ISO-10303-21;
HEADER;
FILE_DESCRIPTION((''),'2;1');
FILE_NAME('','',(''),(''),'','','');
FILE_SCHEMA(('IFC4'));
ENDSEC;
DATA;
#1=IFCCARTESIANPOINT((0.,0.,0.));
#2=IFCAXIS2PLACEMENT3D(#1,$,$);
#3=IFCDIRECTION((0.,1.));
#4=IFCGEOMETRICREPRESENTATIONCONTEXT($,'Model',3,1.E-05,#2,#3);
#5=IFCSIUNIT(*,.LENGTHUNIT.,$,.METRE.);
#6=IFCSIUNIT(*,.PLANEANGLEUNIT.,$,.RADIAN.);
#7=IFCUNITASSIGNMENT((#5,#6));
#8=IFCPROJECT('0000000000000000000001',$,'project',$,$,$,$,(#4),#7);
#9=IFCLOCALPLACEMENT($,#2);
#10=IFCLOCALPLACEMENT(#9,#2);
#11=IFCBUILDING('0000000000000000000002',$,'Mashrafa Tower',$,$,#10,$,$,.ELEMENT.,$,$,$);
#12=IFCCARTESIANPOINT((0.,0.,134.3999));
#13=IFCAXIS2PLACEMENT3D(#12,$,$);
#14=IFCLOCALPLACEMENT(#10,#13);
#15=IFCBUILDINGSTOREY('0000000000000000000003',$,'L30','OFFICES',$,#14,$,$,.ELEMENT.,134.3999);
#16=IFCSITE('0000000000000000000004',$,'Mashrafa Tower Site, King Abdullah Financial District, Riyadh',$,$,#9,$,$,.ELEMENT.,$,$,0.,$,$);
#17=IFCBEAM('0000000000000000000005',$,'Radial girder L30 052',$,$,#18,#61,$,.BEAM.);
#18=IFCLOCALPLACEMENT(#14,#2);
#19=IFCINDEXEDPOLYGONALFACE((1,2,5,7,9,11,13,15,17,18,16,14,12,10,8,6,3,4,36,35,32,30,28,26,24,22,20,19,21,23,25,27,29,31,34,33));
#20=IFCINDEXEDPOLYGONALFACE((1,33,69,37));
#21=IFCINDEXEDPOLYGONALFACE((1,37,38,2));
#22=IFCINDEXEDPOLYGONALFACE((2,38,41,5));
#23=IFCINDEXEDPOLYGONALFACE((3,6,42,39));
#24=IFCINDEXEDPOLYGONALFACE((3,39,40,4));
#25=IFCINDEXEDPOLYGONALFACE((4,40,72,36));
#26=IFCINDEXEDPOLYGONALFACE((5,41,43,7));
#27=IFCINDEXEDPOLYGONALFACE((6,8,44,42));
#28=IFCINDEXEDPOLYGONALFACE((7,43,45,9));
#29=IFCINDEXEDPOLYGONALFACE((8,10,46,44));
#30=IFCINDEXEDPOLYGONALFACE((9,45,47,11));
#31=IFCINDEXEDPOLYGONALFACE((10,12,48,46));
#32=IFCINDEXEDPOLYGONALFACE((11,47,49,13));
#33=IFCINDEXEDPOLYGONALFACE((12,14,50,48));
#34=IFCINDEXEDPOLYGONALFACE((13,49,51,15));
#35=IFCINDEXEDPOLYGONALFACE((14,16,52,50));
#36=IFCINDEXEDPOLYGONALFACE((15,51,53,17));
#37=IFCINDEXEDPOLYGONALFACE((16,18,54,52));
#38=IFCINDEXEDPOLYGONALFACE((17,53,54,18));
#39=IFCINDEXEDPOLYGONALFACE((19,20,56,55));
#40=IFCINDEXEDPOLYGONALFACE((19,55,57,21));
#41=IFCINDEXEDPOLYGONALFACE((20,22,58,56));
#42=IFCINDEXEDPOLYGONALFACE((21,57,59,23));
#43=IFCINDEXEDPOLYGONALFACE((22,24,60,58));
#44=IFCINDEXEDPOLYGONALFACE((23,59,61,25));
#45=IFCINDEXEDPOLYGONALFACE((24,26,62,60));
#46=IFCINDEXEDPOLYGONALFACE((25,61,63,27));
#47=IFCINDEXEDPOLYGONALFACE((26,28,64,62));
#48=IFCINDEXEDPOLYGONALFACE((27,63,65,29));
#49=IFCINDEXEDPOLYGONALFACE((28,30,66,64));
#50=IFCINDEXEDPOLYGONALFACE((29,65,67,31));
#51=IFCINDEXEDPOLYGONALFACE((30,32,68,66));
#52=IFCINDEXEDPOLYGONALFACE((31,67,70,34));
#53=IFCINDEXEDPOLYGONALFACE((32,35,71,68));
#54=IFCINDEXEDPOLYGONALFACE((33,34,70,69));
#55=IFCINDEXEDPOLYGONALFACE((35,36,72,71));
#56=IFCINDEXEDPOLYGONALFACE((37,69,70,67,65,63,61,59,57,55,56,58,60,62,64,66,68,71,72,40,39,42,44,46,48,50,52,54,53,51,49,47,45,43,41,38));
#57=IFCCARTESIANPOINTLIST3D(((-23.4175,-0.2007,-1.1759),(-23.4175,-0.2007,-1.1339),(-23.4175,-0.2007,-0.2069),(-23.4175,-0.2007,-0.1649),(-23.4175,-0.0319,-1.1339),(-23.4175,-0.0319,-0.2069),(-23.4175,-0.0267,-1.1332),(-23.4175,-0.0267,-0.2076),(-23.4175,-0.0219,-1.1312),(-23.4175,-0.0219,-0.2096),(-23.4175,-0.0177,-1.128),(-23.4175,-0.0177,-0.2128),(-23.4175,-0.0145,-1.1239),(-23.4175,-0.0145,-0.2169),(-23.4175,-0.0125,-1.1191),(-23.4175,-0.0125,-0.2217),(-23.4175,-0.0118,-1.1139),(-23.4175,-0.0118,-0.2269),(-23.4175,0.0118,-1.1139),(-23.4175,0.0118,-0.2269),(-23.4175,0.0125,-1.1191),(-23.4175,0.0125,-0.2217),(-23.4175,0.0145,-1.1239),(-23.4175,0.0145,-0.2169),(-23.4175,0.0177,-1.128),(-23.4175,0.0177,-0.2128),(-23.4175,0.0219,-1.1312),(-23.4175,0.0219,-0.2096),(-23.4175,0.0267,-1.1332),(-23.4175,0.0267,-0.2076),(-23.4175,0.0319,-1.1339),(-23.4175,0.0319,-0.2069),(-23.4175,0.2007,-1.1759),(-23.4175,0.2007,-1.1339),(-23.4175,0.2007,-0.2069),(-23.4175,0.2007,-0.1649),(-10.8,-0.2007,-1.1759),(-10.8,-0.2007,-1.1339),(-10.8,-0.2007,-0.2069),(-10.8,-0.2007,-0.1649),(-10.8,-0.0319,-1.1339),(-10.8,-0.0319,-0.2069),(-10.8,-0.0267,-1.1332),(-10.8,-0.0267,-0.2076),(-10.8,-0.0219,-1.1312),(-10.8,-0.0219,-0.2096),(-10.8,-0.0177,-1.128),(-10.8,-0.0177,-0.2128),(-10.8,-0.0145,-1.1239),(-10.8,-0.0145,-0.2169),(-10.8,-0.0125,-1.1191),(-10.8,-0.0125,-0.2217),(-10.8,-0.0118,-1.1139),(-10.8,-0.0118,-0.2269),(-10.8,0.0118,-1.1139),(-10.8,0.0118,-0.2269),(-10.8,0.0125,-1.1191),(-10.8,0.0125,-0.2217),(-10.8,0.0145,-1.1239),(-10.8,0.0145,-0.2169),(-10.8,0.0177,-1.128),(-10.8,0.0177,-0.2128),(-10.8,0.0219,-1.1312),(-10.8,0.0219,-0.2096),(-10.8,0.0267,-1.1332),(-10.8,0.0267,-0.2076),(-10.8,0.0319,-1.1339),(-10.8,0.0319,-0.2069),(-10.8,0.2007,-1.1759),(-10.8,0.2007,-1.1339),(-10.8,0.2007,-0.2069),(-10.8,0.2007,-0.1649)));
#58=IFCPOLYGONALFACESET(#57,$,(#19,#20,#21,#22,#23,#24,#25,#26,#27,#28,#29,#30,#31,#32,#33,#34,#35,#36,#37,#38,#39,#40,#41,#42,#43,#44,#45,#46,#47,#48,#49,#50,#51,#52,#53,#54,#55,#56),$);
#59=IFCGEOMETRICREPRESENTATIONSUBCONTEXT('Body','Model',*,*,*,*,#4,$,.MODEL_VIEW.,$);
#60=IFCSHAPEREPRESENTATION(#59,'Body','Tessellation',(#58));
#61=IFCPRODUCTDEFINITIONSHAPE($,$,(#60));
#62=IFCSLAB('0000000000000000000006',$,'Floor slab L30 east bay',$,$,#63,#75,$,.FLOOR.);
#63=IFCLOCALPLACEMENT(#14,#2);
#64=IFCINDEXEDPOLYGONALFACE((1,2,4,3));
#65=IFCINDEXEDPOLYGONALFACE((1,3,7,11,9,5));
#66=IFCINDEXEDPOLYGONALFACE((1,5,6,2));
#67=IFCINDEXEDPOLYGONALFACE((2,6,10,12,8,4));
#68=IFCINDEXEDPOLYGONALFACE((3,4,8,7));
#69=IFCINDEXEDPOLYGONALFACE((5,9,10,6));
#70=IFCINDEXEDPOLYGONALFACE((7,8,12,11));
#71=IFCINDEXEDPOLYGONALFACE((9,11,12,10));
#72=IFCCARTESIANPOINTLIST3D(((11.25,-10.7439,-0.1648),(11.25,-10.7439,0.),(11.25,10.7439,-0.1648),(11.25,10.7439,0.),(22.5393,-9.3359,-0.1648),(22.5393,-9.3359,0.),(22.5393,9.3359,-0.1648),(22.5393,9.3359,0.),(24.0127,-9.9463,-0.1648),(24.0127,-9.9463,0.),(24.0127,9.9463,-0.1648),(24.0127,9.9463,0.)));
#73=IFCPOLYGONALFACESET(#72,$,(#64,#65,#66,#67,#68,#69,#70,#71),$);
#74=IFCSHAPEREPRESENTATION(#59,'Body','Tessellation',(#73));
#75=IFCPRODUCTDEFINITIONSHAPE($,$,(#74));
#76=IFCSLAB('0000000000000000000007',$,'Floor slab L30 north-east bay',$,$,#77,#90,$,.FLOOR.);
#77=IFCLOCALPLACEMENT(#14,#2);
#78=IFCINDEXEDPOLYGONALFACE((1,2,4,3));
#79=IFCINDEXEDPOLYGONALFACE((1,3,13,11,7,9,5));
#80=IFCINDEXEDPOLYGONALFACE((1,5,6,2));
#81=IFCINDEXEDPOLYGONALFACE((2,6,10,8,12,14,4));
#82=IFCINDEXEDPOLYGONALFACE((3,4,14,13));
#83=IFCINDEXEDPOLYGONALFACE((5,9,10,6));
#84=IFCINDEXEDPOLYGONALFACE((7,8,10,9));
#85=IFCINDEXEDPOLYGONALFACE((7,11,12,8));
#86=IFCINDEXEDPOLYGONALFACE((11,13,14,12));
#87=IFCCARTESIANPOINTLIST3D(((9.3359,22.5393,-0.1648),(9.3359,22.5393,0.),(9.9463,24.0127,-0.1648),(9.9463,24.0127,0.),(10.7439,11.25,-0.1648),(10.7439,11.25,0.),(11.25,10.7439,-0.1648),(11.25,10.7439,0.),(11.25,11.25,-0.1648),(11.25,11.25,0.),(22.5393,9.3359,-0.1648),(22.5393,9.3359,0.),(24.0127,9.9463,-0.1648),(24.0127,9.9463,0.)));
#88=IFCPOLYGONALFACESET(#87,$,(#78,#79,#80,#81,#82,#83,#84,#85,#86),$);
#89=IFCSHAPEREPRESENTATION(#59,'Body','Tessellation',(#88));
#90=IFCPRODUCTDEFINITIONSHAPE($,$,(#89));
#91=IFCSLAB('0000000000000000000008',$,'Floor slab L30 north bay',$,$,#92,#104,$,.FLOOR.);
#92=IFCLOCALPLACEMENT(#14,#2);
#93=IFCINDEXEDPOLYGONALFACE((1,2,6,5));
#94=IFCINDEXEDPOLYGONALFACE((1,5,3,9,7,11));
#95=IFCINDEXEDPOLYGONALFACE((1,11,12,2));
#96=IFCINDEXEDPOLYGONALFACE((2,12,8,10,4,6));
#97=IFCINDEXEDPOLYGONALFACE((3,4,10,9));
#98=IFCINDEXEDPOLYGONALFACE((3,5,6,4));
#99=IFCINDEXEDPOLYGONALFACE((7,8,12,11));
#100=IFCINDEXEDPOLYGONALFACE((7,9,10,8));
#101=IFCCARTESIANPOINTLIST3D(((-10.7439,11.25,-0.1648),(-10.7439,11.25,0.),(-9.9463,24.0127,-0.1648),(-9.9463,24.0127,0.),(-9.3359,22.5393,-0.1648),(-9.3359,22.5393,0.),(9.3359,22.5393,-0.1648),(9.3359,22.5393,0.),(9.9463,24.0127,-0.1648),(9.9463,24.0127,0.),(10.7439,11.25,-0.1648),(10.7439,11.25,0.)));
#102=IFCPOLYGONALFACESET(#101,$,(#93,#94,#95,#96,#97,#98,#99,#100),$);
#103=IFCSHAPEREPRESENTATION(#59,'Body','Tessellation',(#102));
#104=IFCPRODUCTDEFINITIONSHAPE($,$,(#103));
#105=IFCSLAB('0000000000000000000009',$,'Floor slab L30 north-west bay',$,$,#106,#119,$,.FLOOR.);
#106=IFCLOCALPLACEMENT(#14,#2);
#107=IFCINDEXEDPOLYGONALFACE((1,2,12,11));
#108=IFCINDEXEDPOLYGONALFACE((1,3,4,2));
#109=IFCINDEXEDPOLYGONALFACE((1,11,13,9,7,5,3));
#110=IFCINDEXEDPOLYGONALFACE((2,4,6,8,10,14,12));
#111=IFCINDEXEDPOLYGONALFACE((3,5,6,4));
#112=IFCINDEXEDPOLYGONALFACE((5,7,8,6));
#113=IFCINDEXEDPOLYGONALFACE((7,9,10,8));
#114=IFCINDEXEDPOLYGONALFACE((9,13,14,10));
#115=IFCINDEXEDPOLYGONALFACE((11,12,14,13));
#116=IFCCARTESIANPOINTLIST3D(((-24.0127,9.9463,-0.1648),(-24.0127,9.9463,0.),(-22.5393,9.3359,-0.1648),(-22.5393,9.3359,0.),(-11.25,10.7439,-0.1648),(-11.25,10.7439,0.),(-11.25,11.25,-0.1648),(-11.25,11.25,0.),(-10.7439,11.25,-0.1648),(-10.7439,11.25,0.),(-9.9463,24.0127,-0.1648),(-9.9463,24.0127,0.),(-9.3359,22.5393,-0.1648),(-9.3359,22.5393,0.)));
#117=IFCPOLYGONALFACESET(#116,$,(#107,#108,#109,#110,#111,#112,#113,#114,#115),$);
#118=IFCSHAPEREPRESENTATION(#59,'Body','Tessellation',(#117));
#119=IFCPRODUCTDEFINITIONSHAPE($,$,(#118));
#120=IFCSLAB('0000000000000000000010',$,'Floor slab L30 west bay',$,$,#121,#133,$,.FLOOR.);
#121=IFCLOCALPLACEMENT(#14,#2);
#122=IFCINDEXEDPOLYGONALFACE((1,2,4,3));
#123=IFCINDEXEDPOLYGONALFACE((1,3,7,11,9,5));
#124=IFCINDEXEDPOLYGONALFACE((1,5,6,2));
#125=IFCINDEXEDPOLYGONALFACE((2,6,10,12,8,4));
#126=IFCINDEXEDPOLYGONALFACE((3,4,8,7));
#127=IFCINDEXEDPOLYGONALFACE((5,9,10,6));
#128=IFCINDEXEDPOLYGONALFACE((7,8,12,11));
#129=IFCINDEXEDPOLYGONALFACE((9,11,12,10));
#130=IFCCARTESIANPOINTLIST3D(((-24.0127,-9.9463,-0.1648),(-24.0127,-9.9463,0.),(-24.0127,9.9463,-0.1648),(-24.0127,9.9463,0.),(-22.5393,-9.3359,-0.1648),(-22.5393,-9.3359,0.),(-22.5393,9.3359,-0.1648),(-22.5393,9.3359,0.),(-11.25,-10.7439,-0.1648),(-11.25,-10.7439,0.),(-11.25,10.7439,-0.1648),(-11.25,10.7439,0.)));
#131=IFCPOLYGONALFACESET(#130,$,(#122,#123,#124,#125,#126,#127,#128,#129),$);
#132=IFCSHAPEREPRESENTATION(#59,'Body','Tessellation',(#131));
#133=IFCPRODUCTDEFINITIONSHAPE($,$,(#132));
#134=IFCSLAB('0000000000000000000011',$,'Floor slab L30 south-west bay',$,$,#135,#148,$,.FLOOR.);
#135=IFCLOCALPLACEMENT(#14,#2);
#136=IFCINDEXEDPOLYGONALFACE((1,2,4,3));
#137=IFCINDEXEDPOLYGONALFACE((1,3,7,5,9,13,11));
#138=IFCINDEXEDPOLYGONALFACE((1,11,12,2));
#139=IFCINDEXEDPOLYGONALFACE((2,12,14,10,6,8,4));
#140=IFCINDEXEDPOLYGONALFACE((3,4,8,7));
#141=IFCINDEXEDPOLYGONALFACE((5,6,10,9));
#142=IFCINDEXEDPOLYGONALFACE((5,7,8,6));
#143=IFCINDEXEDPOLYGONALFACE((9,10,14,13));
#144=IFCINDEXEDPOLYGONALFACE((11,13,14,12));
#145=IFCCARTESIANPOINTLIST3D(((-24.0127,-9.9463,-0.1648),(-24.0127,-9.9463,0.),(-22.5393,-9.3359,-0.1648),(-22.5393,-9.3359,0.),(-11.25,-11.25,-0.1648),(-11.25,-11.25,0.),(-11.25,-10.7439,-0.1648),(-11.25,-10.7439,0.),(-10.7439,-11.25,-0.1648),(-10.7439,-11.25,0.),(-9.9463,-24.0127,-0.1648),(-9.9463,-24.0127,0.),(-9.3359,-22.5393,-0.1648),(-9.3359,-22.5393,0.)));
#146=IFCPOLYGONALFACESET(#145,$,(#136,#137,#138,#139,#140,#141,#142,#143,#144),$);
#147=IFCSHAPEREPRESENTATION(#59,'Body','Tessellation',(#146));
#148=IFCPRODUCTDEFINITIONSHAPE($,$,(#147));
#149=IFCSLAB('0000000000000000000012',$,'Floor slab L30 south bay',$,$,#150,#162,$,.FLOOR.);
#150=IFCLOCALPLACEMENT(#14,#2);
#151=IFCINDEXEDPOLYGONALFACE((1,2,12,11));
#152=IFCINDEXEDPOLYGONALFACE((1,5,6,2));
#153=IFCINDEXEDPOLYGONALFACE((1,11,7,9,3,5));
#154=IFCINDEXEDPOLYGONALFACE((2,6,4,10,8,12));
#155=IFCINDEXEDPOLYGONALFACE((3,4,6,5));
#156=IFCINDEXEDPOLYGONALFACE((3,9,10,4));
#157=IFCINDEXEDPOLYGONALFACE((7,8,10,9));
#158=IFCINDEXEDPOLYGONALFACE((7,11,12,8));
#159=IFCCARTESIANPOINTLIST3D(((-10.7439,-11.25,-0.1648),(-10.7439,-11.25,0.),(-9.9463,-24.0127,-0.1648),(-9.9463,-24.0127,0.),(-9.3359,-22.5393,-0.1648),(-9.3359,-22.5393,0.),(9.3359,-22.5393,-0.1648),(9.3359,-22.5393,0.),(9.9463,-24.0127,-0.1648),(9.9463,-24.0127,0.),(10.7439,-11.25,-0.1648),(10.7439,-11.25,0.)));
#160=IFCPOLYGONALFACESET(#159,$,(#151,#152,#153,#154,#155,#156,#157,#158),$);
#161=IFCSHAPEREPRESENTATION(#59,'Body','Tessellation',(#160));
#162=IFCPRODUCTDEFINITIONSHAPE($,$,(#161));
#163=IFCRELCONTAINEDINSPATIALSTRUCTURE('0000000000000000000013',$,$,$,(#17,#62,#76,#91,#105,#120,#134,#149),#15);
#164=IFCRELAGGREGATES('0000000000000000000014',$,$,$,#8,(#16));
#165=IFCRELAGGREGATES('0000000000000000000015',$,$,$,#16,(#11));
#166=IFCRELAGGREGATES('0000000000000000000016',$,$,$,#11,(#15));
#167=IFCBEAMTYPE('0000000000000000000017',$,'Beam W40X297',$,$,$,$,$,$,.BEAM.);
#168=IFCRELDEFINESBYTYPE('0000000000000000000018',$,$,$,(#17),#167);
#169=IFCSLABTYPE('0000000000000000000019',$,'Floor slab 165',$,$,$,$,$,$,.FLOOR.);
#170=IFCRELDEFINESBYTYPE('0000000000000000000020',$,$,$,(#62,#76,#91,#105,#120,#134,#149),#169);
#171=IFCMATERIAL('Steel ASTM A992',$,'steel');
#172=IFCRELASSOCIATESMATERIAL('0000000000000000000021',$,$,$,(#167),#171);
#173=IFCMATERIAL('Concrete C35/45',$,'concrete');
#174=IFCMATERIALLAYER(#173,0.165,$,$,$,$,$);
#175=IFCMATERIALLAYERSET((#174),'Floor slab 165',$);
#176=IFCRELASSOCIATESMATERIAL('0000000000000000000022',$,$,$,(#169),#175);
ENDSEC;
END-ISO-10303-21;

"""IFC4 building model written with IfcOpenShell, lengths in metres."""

from ifc_helpers import new_model, si_unit, direction, frame, origin, origin_2d, place, context, subcontext, project, spatial, polyline, i_section, outline, extrude, material, layer, layer_set, material_profile, profile_set, type_object, element, save


model = new_model("IFC4")

# Units and contexts
model_context = context("Model", 3, precision=1e-05, world=origin(), true_north=direction((0.0, 1.0)))
body_context = subcontext(model_context, "Body", "Model", "MODEL_VIEW")
ifc_project = project(units=[si_unit("LENGTHUNIT", "METRE"), si_unit("PLANEANGLEUNIT", "RADIAN")], contexts=[model_context])

# Site, building, storey
site_placement = place(None, origin())
site = spatial("IfcSite", under=ifc_project, at=site_placement, Name="Mashrafa Tower Site, King Abdullah Financial District, Riyadh", CompositionType="ELEMENT", RefElevation=0.0)
building_placement = place(site_placement, origin())
building = spatial("IfcBuilding", under=site, at=building_placement, Name="Mashrafa Tower", CompositionType="ELEMENT")
storey_placement = place(building_placement, frame((0.0, 0.0, 134.3999)))
storey = spatial("IfcBuildingStorey", under=building, at=storey_placement, Name="L30", Description="OFFICES", CompositionType="ELEMENT", Elevation=134.3999)

# Beam
ifc_material_1 = material(Name="Steel ASTM A992", Category="steel")
ifc_material_profile = material_profile(ifc_material_1, i_section(OverallWidth=0.4014, OverallDepth=1.011, WebThickness=0.0237, FlangeThickness=0.042, FilletRadius=0.02, at=origin_2d()), Name="W40X297")
ifc_profile_set = profile_set([ifc_material_profile], Name="Steel ASTM A992")
beam_type = type_object("IfcBeamType", Name="Beam W40X297", PredefinedType="BEAM", material=ifc_profile_set)
beam_placement = place(storey_placement, frame((-10.8, 0.0, -0.6704), z_axis=(-1.0, 0.0, 0.0), x_axis=(0.0, -1.0, 0.0)))
element("IfcBeam", 1, at=beam_placement, inside=storey, type_object=beam_type, Name="Radial girder L30 052", PredefinedType="BEAM", context=body_context, shape_type="SweptSolid", body=[
    extrude(i_section(OverallWidth=0.4014, OverallDepth=1.011, WebThickness=0.0237, FlangeThickness=0.042, FilletRadius=0.02, at=origin_2d()), origin(), (0.0, 0.0, 1.0), 12.6174),
])

# Slabs
ifc_material_2 = material(Name="Concrete C35/45", Category="concrete")
ifc_layer_1 = layer(ifc_material_2, 0.165)
ifc_layer_set_1 = layer_set([ifc_layer_1], Name="Floor slab 165")
slab_type = type_object("IfcSlabType", Name="Floor slab 165", PredefinedType="FLOOR", material=ifc_layer_set_1)
slab_1_placement = place(storey_placement, frame((0.0, 0.0, -0.1648)))
element("IfcSlab", 2, at=slab_1_placement, inside=storey, type_object=slab_type, Name="Floor slab L30 east bay", PredefinedType="FLOOR", context=body_context, shape_type="SweptSolid", body=[
    extrude(outline(polyline([(24.0127, -9.9463), (22.5393, -9.3359), (11.25, -10.7439), (11.25, 10.7439), (22.5393, 9.3359), (24.0127, 9.9463), (24.0127, -9.9463)])), origin(), (0.0, 0.0, 1.0), 0.1648),
])
slab_2_placement = place(storey_placement, frame((0.0, 0.0, -0.1648)))
element("IfcSlab", 3, at=slab_2_placement, inside=storey, type_object=slab_type, Name="Floor slab L30 north-east bay", PredefinedType="FLOOR", context=body_context, shape_type="SweptSolid", body=[
    extrude(outline(polyline([(9.9463, 24.0127), (24.0127, 9.9463), (24.0127, 9.9463), (22.5393, 9.3359), (11.25, 10.7439), (11.25, 11.25), (10.7439, 11.25), (9.3359, 22.5393), (9.9463, 24.0127), (9.9463, 24.0127)])), origin(), (0.0, 0.0, 1.0), 0.1648),
])
slab_3_placement = place(storey_placement, frame((0.0, 0.0, -0.1648)))
element("IfcSlab", 4, at=slab_3_placement, inside=storey, type_object=slab_type, Name="Floor slab L30 north bay", PredefinedType="FLOOR", context=body_context, shape_type="SweptSolid", body=[
    extrude(outline(polyline([(9.9463, 24.0127), (9.3359, 22.5393), (10.7439, 11.25), (-10.7439, 11.25), (-9.3359, 22.5393), (-9.9463, 24.0127), (9.9463, 24.0127)])), origin(), (0.0, 0.0, 1.0), 0.1648),
])
slab_4_placement = place(storey_placement, frame((0.0, 0.0, -0.1648)))
element("IfcSlab", 5, at=slab_4_placement, inside=storey, type_object=slab_type, Name="Floor slab L30 north-west bay", PredefinedType="FLOOR", context=body_context, shape_type="SweptSolid", body=[
    extrude(outline(polyline([(-24.0127, 9.9463), (-9.9463, 24.0127), (-9.9463, 24.0127), (-9.3359, 22.5393), (-10.7439, 11.25), (-11.25, 11.25), (-11.25, 10.7439), (-22.5393, 9.3359), (-24.0127, 9.9463), (-24.0127, 9.9463)])), origin(), (0.0, 0.0, 1.0), 0.1648),
])
slab_5_placement = place(storey_placement, frame((0.0, 0.0, -0.1648)))
element("IfcSlab", 6, at=slab_5_placement, inside=storey, type_object=slab_type, Name="Floor slab L30 west bay", PredefinedType="FLOOR", context=body_context, shape_type="SweptSolid", body=[
    extrude(outline(polyline([(-24.0127, 9.9463), (-22.5393, 9.3359), (-11.25, 10.7439), (-11.25, -10.7439), (-22.5393, -9.3359), (-24.0127, -9.9463), (-24.0127, 9.9463)])), origin(), (0.0, 0.0, 1.0), 0.1648),
])
slab_6_placement = place(storey_placement, frame((0.0, 0.0, -0.1648)))
element("IfcSlab", 7, at=slab_6_placement, inside=storey, type_object=slab_type, Name="Floor slab L30 south-west bay", PredefinedType="FLOOR", context=body_context, shape_type="SweptSolid", body=[
    extrude(outline(polyline([(-9.9463, -24.0127), (-24.0127, -9.9463), (-24.0127, -9.9463), (-22.5393, -9.3359), (-11.25, -10.7439), (-11.25, -11.25), (-10.7439, -11.25), (-9.3359, -22.5393), (-9.9463, -24.0127), (-9.9463, -24.0127)])), origin(), (0.0, 0.0, 1.0), 0.1648),
])
slab_7_placement = place(storey_placement, frame((0.0, 0.0, -0.1648)))
element("IfcSlab", 8, at=slab_7_placement, inside=storey, type_object=slab_type, Name="Floor slab L30 south bay", PredefinedType="FLOOR", context=body_context, shape_type="SweptSolid", body=[
    extrude(outline(polyline([(-9.9463, -24.0127), (-9.3359, -22.5393), (-10.7439, -11.25), (10.7439, -11.25), (9.3359, -22.5393), (9.9463, -24.0127), (-9.9463, -24.0127)])), origin(), (0.0, 0.0, 1.0), 0.1648),
])

save(model, "model.ifc")
